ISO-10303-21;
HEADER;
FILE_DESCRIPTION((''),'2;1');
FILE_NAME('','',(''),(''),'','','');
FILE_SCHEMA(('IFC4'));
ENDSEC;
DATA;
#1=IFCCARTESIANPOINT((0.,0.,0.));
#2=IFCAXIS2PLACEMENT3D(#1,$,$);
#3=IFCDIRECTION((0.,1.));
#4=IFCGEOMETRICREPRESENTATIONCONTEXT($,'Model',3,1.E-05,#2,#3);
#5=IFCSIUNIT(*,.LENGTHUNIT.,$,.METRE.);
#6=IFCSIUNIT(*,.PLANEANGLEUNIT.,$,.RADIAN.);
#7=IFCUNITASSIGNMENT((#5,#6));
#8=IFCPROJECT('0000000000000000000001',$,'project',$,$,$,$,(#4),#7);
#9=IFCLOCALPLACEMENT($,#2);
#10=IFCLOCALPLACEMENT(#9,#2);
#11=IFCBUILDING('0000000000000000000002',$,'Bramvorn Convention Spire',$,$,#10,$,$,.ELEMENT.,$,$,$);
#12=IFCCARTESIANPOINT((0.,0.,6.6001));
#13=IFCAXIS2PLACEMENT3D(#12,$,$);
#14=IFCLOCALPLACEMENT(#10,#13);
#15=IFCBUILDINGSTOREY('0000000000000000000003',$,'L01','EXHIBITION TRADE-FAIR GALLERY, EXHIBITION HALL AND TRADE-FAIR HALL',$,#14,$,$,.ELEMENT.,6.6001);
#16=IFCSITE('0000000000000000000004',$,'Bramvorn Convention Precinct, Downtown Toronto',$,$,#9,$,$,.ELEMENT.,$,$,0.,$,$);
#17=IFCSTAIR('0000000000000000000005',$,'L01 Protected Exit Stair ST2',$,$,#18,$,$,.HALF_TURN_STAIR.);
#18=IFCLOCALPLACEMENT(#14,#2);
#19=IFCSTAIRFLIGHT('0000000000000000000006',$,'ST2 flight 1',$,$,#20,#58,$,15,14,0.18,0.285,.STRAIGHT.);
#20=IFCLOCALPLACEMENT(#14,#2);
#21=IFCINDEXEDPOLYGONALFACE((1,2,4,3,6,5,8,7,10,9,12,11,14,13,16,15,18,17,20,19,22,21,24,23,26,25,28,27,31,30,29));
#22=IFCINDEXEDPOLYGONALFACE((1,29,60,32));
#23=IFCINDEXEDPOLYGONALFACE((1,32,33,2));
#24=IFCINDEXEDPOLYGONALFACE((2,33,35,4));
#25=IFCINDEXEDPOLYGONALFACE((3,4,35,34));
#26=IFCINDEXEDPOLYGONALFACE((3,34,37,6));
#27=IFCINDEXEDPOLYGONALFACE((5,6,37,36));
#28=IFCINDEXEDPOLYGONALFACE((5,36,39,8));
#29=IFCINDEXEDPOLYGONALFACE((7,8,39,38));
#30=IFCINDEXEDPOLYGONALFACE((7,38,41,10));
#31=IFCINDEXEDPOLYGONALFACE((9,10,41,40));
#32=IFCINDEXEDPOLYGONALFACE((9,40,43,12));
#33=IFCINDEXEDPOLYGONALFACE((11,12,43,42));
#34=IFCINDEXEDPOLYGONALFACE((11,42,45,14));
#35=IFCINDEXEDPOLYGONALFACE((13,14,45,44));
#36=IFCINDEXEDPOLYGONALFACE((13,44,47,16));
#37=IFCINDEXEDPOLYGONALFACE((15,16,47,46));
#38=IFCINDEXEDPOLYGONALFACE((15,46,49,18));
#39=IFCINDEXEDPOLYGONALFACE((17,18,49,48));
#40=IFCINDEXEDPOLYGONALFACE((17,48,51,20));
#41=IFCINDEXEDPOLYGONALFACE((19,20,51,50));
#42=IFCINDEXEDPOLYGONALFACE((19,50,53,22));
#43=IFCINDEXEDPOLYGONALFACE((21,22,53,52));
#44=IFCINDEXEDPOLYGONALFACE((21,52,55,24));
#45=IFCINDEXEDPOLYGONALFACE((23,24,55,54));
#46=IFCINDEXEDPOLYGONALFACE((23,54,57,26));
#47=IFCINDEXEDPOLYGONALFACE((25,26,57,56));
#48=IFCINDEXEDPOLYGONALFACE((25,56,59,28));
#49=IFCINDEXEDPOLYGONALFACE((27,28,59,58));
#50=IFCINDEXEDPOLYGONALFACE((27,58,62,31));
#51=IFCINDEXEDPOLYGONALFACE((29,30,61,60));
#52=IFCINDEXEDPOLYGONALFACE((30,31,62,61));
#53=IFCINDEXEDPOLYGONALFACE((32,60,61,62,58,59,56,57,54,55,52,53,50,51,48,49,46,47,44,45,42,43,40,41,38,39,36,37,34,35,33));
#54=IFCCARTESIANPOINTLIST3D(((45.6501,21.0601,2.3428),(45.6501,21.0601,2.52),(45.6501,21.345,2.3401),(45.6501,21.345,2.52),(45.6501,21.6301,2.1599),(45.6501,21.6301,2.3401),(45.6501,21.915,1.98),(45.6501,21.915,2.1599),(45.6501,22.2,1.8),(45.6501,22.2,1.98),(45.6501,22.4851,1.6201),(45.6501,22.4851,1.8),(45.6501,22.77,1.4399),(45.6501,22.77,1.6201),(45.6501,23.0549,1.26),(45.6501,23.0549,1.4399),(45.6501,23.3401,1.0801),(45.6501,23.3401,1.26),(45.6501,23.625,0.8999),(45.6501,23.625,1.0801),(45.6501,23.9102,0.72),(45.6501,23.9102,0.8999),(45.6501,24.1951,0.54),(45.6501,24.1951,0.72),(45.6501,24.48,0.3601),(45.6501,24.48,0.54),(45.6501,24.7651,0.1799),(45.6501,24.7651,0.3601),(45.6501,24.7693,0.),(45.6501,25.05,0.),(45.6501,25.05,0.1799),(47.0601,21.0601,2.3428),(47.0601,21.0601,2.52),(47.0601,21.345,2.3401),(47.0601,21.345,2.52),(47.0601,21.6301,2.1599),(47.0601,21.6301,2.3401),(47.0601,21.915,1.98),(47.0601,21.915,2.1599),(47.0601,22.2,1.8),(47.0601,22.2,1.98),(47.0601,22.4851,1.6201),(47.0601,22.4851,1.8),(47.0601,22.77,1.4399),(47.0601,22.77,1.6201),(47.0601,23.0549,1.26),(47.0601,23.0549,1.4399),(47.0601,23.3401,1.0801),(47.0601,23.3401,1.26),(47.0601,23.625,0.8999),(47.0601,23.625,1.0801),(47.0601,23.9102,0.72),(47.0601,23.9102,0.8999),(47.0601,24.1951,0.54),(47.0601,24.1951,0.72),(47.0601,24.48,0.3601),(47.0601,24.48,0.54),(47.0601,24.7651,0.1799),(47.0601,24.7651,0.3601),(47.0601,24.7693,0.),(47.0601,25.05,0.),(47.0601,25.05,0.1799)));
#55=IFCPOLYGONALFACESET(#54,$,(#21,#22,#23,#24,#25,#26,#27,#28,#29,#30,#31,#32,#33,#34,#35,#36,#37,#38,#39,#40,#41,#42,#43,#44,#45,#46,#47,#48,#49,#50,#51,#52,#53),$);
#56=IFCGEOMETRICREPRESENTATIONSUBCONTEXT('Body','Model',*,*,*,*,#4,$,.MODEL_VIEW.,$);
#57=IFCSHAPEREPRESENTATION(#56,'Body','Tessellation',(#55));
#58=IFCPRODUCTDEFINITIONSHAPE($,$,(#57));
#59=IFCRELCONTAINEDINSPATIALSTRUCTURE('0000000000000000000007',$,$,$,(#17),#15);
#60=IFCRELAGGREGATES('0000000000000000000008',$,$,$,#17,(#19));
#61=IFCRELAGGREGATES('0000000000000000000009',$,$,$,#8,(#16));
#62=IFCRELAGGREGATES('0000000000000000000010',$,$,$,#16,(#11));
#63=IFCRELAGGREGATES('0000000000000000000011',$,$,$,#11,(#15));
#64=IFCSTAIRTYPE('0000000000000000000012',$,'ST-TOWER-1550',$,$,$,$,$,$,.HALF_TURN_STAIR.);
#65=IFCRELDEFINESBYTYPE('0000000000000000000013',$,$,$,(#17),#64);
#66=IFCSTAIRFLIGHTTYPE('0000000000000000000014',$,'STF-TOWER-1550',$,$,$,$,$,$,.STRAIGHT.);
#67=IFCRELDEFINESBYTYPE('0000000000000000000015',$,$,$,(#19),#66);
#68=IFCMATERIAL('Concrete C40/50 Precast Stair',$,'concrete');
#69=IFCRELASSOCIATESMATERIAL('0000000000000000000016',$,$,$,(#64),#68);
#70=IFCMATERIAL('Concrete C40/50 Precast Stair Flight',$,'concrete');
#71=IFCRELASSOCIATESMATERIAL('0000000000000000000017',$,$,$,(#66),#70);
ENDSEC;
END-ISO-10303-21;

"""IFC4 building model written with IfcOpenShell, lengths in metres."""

from ifc_helpers import new_model, si_unit, direction, frame, origin, place, context, subcontext, project, spatial, polyline, outline, extrude, material, type_object, element, aggregate, save


model = new_model("IFC4")

# Units and contexts
model_context = context("Model", 3, precision=1e-05, world=origin(), true_north=direction((0.0, 1.0)))
body_context = subcontext(model_context, "Body", "Model", "MODEL_VIEW")
ifc_project = project(units=[si_unit("LENGTHUNIT", "METRE"), si_unit("PLANEANGLEUNIT", "RADIAN")], contexts=[model_context])

# Site, building, storey
site_placement = place(None, origin())
site = spatial("IfcSite", under=ifc_project, at=site_placement, Name="Bramvorn Convention Precinct, Downtown Toronto", CompositionType="ELEMENT", RefElevation=0.0)
building_placement = place(site_placement, origin())
building = spatial("IfcBuilding", under=site, at=building_placement, Name="Bramvorn Convention Spire", CompositionType="ELEMENT")
storey_placement = place(building_placement, frame((0.0, 0.0, 6.6001)))
storey = spatial("IfcBuildingStorey", under=building, at=storey_placement, Name="L01", Description="EXHIBITION TRADE-FAIR GALLERY, EXHIBITION HALL AND TRADE-FAIR HALL", CompositionType="ELEMENT", Elevation=6.6001)

# Stair, stair flight
ifc_material_1 = material(Name="Concrete C40/50 Precast Stair", Category="concrete")
stair_type = type_object("IfcStairType", Name="ST-TOWER-1550", PredefinedType="HALF_TURN_STAIR", material=ifc_material_1)
stair_placement = place(storey_placement, origin())
stair = element("IfcStair", 1, at=stair_placement, inside=storey, type_object=stair_type, Name="L01 Protected Exit Stair ST2", PredefinedType="HALF_TURN_STAIR")
ifc_material_2 = material(Name="Concrete C40/50 Precast Stair Flight", Category="concrete")
stair_flight_type = type_object("IfcStairFlightType", Name="STF-TOWER-1550", PredefinedType="STRAIGHT", material=ifc_material_2)
stair_flight_placement = place(storey_placement, frame((46.355, 25.05, 0.0), z_axis=(0.0, 0.0, 1.0), x_axis=(0.0, -1.0, 0.0)))
stair_flight = element("IfcStairFlight", 2, at=stair_flight_placement, type_object=stair_flight_type, Name="ST2 flight 1", NumberOfRisers=15, NumberOfTreads=14, PredefinedType="STRAIGHT", RiserHeight=0.18, TreadLength=0.285, context=body_context, shape_type="SweptSolid", body=[
    extrude(outline(polyline([(0.0, 0.0), (0.0, 0.1799), (0.2849, 0.1799), (0.2849, 0.3601), (0.5701, 0.3601), (0.5701, 0.54), (0.855, 0.54), (0.855, 0.72), (1.1399, 0.72), (1.1399, 0.8999), (1.425, 0.8999), (1.425, 1.0801), (1.71, 1.0801), (1.71, 1.26), (1.9951, 1.26), (1.9951, 1.4399), (2.28, 1.4399), (2.28, 1.6201), (2.5649, 1.6201), (2.5649, 1.8), (2.8501, 1.8), (2.8501, 1.98), (3.135, 1.98), (3.135, 2.1599), (3.4199, 2.1599), (3.4199, 2.3401), (3.7051, 2.3401), (3.7051, 2.52), (3.99, 2.52), (3.99, 2.7), (3.99, 2.3428), (0.2808, 0.0), (0.0, 0.0)])), frame((0.0, 0.7051, 0.0), z_axis=(0.0, -1.0, 0.0), x_axis=(1.0, 0.0, 0.0)), (0.0, 0.0, 1.0), 1.4099),
])
aggregate(stair, [stair_flight])

save(model, "model.ifc")
